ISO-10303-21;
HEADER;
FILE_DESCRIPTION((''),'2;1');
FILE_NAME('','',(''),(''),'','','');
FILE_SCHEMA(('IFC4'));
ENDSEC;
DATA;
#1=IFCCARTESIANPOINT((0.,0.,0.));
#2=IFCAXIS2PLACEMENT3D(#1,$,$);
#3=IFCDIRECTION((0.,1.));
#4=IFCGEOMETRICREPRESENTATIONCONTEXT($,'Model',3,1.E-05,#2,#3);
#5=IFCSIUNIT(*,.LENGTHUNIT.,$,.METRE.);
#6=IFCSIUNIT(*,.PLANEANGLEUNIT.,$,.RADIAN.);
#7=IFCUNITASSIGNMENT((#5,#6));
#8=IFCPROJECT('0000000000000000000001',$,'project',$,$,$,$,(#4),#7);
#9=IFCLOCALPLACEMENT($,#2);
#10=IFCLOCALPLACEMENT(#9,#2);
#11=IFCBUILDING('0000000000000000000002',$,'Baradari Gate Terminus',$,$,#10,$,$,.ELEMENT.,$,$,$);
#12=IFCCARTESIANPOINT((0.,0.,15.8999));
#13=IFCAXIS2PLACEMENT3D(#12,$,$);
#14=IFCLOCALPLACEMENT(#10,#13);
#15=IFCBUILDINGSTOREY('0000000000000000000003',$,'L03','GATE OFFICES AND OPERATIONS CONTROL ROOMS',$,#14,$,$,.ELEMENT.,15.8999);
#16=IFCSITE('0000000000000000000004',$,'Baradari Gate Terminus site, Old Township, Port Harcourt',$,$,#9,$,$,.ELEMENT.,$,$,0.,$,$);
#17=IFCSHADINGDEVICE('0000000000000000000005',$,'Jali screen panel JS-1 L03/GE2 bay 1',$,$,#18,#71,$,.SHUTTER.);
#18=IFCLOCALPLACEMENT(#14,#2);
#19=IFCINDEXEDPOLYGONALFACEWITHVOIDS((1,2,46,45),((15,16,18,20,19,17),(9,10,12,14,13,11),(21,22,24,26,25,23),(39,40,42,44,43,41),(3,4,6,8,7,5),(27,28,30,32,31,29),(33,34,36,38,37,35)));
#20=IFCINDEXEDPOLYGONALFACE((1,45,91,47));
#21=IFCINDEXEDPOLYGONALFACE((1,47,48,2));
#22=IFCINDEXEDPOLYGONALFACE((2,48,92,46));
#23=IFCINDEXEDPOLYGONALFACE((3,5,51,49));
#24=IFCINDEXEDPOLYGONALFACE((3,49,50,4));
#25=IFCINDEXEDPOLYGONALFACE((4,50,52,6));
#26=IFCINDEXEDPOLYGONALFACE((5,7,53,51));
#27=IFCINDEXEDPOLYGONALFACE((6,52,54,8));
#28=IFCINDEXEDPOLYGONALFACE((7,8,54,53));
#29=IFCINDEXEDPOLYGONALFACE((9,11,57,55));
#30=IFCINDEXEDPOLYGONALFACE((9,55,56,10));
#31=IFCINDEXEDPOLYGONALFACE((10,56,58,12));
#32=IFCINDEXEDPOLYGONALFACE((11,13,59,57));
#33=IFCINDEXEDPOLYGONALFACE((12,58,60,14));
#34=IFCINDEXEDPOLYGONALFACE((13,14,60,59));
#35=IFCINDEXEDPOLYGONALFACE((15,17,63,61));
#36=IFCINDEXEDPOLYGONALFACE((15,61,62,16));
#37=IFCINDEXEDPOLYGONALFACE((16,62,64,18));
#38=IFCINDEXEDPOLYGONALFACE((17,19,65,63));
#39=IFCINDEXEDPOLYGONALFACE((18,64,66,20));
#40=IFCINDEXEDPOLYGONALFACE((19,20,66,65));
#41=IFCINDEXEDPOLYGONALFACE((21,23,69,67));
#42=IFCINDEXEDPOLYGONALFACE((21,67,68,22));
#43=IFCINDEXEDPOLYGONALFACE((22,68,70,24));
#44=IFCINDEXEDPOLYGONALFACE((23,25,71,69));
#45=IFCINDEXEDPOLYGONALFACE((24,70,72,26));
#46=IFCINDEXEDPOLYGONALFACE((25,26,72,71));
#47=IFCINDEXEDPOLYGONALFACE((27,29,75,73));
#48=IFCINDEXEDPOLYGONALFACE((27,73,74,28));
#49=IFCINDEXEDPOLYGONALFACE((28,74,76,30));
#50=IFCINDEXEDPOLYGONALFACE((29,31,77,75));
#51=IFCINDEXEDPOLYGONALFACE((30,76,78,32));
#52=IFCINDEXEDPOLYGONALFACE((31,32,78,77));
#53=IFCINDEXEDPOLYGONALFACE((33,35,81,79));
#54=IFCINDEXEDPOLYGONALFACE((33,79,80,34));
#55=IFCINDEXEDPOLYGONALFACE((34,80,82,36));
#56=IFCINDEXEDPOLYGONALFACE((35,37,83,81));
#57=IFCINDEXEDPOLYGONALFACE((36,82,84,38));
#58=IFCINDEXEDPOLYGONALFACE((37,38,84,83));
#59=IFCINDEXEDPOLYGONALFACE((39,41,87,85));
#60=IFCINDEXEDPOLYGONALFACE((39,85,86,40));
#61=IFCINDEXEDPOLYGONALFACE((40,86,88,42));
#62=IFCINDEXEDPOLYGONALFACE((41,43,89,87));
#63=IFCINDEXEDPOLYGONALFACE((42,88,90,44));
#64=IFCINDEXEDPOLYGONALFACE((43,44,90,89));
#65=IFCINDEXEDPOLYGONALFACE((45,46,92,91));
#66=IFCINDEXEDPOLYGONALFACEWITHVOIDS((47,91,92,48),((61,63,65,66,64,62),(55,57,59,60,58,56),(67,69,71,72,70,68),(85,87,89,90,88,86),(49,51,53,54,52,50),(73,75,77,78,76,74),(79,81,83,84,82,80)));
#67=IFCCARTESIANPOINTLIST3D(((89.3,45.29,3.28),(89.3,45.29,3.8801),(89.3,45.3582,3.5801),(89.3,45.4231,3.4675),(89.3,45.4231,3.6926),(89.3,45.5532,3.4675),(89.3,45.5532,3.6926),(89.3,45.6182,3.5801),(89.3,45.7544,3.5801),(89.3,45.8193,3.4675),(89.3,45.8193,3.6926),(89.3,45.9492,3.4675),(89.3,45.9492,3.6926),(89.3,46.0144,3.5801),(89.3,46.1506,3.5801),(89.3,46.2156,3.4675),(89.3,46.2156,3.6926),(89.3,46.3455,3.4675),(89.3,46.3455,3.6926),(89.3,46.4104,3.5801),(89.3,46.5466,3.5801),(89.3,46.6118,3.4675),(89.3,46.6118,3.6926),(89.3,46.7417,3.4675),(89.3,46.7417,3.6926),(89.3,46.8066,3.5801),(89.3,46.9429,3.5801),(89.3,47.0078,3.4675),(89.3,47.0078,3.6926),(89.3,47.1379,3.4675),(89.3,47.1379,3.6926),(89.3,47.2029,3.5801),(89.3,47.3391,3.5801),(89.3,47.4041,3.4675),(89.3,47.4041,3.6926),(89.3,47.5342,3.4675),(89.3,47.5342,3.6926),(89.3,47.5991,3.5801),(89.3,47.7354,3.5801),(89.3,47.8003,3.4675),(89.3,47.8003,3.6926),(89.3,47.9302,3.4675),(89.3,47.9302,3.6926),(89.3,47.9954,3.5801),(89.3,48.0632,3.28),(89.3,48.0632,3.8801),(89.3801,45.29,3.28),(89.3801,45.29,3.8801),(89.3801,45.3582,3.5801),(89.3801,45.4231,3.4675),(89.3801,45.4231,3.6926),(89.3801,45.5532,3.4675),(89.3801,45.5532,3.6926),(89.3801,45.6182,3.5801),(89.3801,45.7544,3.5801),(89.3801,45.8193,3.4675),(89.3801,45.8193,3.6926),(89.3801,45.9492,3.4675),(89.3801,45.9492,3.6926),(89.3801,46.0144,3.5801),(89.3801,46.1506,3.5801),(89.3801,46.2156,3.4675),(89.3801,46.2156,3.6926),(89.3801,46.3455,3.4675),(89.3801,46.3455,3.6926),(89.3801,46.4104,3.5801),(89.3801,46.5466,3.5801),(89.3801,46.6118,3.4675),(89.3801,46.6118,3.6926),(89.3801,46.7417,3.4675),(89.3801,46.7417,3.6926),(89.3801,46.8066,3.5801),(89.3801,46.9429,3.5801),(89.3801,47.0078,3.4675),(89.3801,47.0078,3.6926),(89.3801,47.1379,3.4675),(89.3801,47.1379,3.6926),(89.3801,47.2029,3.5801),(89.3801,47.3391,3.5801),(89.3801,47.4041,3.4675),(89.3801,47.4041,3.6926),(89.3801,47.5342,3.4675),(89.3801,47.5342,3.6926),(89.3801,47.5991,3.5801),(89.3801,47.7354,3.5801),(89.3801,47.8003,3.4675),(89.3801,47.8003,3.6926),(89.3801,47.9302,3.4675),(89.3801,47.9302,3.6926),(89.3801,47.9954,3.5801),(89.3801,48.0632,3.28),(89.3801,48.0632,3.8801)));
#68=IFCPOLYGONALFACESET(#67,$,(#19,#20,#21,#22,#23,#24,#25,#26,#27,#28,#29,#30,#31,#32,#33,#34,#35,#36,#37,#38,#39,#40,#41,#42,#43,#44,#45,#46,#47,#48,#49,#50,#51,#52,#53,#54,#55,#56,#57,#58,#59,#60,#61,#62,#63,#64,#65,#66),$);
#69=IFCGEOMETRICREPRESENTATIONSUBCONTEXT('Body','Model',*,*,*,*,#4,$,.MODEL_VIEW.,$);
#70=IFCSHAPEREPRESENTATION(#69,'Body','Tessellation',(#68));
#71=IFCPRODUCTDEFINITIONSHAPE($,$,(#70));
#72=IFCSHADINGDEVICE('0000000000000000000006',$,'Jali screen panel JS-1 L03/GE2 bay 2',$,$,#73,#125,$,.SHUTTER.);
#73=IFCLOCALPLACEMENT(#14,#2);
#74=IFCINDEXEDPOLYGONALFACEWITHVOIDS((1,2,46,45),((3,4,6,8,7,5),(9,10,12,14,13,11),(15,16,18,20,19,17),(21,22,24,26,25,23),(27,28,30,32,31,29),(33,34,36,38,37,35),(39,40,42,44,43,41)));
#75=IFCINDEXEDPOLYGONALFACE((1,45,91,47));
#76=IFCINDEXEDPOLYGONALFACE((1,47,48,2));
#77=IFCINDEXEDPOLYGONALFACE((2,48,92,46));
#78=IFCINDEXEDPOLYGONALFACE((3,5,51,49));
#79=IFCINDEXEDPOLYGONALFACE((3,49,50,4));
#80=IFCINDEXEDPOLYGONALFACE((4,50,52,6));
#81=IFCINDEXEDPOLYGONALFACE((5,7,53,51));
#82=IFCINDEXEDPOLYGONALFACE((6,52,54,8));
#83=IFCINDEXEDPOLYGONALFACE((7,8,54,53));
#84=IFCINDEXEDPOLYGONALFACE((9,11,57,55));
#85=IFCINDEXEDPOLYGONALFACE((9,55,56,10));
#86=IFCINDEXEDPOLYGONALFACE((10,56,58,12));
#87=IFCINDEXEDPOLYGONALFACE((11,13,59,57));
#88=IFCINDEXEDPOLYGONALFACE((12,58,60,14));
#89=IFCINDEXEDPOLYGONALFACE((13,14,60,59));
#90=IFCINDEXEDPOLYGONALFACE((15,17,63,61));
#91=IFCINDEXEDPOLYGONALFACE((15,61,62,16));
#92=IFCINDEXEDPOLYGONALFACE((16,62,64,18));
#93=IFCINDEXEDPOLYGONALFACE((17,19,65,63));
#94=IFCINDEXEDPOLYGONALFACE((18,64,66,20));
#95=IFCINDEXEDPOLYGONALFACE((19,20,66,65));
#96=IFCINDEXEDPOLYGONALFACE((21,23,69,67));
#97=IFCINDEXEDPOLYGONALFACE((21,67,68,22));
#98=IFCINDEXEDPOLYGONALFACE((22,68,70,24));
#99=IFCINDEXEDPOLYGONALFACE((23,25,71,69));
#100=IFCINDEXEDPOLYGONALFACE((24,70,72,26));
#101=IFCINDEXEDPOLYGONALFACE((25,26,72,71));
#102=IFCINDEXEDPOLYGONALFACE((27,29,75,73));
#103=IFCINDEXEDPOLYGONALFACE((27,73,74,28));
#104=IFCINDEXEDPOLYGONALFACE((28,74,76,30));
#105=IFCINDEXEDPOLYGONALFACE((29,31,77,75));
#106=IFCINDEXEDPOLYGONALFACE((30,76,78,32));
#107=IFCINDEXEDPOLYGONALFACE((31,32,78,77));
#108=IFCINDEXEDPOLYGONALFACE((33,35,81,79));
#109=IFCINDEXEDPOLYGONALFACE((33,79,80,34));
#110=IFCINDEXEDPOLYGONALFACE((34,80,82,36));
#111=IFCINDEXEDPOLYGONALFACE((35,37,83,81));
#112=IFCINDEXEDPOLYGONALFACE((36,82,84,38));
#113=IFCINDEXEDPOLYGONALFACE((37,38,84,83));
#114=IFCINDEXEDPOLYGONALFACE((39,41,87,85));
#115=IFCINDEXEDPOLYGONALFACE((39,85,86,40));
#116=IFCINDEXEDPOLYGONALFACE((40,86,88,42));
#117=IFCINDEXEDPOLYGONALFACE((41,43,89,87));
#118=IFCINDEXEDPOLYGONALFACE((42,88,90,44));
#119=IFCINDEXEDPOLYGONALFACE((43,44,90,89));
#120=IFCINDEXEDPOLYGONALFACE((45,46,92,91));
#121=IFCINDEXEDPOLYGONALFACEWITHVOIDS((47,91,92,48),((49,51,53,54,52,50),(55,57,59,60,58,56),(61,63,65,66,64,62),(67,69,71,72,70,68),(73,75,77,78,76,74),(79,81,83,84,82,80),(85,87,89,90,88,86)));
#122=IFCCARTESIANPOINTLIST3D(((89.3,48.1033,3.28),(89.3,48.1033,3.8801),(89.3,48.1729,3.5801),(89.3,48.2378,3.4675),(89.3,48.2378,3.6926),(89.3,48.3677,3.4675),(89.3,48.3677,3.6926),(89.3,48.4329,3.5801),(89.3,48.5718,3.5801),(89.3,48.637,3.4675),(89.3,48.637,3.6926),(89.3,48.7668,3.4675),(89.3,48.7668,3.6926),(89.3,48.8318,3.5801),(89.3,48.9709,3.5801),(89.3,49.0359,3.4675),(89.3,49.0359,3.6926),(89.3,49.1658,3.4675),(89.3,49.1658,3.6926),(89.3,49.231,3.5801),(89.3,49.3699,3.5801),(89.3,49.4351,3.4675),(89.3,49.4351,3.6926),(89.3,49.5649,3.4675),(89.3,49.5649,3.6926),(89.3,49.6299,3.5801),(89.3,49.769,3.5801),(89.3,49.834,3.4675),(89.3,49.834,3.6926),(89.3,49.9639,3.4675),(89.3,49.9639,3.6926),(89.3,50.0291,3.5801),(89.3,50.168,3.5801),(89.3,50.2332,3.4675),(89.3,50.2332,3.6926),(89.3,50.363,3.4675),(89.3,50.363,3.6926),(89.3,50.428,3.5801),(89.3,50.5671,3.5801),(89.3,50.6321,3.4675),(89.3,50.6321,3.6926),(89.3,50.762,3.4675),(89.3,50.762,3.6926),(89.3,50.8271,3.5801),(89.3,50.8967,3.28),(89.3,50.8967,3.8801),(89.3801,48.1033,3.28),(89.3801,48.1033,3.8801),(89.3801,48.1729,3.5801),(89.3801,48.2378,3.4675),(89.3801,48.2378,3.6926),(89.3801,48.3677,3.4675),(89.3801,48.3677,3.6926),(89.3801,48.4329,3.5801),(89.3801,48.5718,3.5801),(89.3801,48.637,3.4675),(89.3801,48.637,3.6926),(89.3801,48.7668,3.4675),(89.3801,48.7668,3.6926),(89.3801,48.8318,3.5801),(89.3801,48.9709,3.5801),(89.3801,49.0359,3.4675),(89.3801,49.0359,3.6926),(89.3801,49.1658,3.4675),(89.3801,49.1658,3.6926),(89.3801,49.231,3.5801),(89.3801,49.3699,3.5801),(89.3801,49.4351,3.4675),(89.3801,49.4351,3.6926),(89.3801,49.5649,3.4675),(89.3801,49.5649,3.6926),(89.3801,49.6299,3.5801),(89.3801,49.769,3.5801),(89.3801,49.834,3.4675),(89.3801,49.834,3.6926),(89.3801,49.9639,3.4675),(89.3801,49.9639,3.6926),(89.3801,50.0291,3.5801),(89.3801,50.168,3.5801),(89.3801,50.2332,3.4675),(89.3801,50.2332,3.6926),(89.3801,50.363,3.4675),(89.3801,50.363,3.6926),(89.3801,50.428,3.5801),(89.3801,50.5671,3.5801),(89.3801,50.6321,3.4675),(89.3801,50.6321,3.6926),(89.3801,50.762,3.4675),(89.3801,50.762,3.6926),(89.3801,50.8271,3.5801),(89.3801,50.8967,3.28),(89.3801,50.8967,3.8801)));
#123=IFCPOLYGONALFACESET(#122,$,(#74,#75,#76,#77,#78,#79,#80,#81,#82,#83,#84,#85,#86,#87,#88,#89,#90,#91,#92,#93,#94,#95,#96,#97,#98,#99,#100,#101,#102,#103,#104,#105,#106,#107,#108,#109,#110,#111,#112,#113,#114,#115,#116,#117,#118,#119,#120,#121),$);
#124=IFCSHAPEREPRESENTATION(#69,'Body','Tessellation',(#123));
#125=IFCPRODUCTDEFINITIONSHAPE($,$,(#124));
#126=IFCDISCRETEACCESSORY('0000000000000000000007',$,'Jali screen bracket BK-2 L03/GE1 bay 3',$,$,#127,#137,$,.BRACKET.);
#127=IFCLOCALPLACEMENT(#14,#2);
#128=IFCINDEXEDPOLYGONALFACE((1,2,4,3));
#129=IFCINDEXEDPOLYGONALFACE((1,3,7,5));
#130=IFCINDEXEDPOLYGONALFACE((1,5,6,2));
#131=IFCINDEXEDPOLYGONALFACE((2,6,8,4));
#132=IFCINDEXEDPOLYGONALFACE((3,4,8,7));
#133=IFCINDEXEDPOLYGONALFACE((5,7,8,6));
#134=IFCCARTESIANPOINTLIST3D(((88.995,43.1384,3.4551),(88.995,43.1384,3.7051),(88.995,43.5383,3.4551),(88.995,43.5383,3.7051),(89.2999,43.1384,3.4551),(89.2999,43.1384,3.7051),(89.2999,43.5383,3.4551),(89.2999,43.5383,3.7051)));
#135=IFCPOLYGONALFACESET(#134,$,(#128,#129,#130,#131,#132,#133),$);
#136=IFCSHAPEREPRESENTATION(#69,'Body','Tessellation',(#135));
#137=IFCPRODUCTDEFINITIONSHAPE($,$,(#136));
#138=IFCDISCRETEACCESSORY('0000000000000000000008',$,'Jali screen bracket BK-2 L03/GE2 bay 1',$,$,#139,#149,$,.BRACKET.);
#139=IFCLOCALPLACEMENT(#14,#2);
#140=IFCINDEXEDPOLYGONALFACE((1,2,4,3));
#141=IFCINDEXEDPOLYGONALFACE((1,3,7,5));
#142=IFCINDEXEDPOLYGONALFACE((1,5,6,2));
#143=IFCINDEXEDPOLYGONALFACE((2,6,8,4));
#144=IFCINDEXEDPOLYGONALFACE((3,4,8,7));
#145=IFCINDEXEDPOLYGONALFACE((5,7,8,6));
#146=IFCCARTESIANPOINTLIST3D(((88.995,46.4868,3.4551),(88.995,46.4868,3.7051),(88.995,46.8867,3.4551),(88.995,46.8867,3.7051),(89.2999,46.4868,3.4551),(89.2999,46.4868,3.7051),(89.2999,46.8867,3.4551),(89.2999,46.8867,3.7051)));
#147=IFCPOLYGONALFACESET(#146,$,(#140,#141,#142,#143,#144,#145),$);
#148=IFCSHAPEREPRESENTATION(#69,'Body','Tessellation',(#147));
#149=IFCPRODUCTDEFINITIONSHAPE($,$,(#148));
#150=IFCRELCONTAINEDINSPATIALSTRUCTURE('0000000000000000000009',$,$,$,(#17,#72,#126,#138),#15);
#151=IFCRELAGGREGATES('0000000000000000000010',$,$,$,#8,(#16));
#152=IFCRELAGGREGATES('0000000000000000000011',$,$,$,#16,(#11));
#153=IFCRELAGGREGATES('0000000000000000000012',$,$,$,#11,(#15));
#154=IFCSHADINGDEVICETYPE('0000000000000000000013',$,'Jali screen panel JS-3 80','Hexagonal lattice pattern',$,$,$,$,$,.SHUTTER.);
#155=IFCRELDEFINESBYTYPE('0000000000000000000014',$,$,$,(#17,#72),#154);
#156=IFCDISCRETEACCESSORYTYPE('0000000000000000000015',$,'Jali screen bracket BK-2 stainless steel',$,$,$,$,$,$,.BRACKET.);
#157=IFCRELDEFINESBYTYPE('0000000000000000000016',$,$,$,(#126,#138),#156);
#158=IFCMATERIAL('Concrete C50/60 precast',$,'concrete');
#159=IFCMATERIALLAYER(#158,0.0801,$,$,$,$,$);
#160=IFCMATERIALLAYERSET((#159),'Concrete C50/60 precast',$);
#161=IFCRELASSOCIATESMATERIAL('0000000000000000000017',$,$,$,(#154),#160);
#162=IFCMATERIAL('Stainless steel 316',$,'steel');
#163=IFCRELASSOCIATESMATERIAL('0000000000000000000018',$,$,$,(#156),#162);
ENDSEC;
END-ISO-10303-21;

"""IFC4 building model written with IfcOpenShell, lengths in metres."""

from ifc_helpers import new_model, si_unit, direction, frame, origin, origin_2d, place, context, subcontext, project, spatial, polyline, rectangle, outline, extrude, material, layer, layer_set, type_object, element, save


model = new_model("IFC4")

# Units and contexts
model_context = context("Model", 3, precision=1e-05, world=origin(), true_north=direction((0.0, 1.0)))
body_context = subcontext(model_context, "Body", "Model", "MODEL_VIEW")
ifc_project = project(units=[si_unit("LENGTHUNIT", "METRE"), si_unit("PLANEANGLEUNIT", "RADIAN")], contexts=[model_context])

# Site, building, storey
site_placement = place(None, origin())
site = spatial("IfcSite", under=ifc_project, at=site_placement, Name="Baradari Gate Terminus site, Old Township, Port Harcourt", CompositionType="ELEMENT", RefElevation=0.0)
building_placement = place(site_placement, origin())
building = spatial("IfcBuilding", under=site, at=building_placement, Name="Baradari Gate Terminus", CompositionType="ELEMENT")
storey_placement = place(building_placement, frame((0.0, 0.0, 15.8999)))
storey = spatial("IfcBuildingStorey", under=building, at=storey_placement, Name="L03", Description="GATE OFFICES AND OPERATIONS CONTROL ROOMS", CompositionType="ELEMENT", Elevation=15.8999)

# Shading devices
ifc_material_1 = material(Name="Concrete C50/60 precast", Category="concrete")
ifc_layer_1 = layer(ifc_material_1, 0.0801)
ifc_layer_set_1 = layer_set([ifc_layer_1], Name="Concrete C50/60 precast")
shading_device_type = type_object("IfcShadingDeviceType", Name="Jali screen panel JS-3 80", Description="Hexagonal lattice pattern", PredefinedType="SHUTTER", material=ifc_layer_set_1)
shading_device_1_placement = place(storey_placement, frame((89.3401, 45.29, 3.28), z_axis=(0.0, 0.0, 1.0), x_axis=(0.0, 1.0, 0.0)))
element("IfcShadingDevice", 1, at=shading_device_1_placement, inside=storey, type_object=shading_device_type, Name="Jali screen panel JS-1 L03/GE2 bay 1", PredefinedType="SHUTTER", context=body_context, shape_type="SweptSolid", body=[
    extrude(outline(polyline([(0.0, 0.0), (2.7732, 0.0), (2.7732, 0.6001), (0.0, 0.6001), (0.0, 0.0)]), holes=[polyline([(0.3281, 0.3), (0.2632, 0.1875), (0.1331, 0.1875), (0.0681, 0.3), (0.1331, 0.4126), (0.2632, 0.4126), (0.3281, 0.3)]), polyline([(0.7244, 0.3), (0.6592, 0.1875), (0.5293, 0.1875), (0.4644, 0.3), (0.5293, 0.4126), (0.6592, 0.4126), (0.7244, 0.3)]), polyline([(1.1204, 0.3), (1.0554, 0.1875), (0.9255, 0.1875), (0.8606, 0.3), (0.9255, 0.4126), (1.0554, 0.4126), (1.1204, 0.3)]), polyline([(1.5166, 0.3), (1.4517, 0.1875), (1.3218, 0.1875), (1.2566, 0.3), (1.3218, 0.4126), (1.4517, 0.4126), (1.5166, 0.3)]), polyline([(1.9128, 0.3), (1.8479, 0.1875), (1.7178, 0.1875), (1.6528, 0.3), (1.7178, 0.4126), (1.8479, 0.4126), (1.9128, 0.3)]), polyline([(2.3091, 0.3), (2.2441, 0.1875), (2.114, 0.1875), (2.0491, 0.3), (2.114, 0.4126), (2.2441, 0.4126), (2.3091, 0.3)]), polyline([(2.7053, 0.3), (2.6401, 0.1875), (2.5103, 0.1875), (2.4453, 0.3), (2.5103, 0.4126), (2.6401, 0.4126), (2.7053, 0.3)])]), frame((0.0, 0.04, 0.0), z_axis=(0.0, -1.0, 0.0), x_axis=(1.0, 0.0, 0.0)), (0.0, 0.0, 1.0), 0.0801),
])
shading_device_2_placement = place(storey_placement, frame((89.3401, 48.1033, 3.28), z_axis=(0.0, 0.0, 1.0), x_axis=(0.0, 1.0, 0.0)))
element("IfcShadingDevice", 2, at=shading_device_2_placement, inside=storey, type_object=shading_device_type, Name="Jali screen panel JS-1 L03/GE2 bay 2", PredefinedType="SHUTTER", context=body_context, shape_type="SweptSolid", body=[
    extrude(outline(polyline([(0.0, 0.0), (2.7935, 0.0), (2.7935, 0.6001), (0.0, 0.6001), (0.0, 0.0)]), holes=[polyline([(0.3296, 0.3), (0.2644, 0.1875), (0.1345, 0.1875), (0.0696, 0.3), (0.1345, 0.4126), (0.2644, 0.4126), (0.3296, 0.3)]), polyline([(0.7285, 0.3), (0.6636, 0.1875), (0.5337, 0.1875), (0.4685, 0.3), (0.5337, 0.4126), (0.6636, 0.4126), (0.7285, 0.3)]), polyline([(1.1277, 0.3), (1.0625, 0.1875), (0.9326, 0.1875), (0.8677, 0.3), (0.9326, 0.4126), (1.0625, 0.4126), (1.1277, 0.3)]), polyline([(1.5266, 0.3), (1.4617, 0.1875), (1.3318, 0.1875), (1.2666, 0.3), (1.3318, 0.4126), (1.4617, 0.4126), (1.5266, 0.3)]), polyline([(1.9258, 0.3), (1.8606, 0.1875), (1.7307, 0.1875), (1.6658, 0.3), (1.7307, 0.4126), (1.8606, 0.4126), (1.9258, 0.3)]), polyline([(2.3247, 0.3), (2.2598, 0.1875), (2.1299, 0.1875), (2.0647, 0.3), (2.1299, 0.4126), (2.2598, 0.4126), (2.3247, 0.3)]), polyline([(2.7239, 0.3), (2.6587, 0.1875), (2.5288, 0.1875), (2.4639, 0.3), (2.5288, 0.4126), (2.6587, 0.4126), (2.7239, 0.3)])]), frame((0.0, 0.04, 0.0), z_axis=(0.0, -1.0, 0.0), x_axis=(1.0, 0.0, 0.0)), (0.0, 0.0, 1.0), 0.0801),
])

# Discrete accessories
ifc_material_2 = material(Name="Stainless steel 316", Category="steel")
discrete_accessory_type = type_object("IfcDiscreteAccessoryType", Name="Jali screen bracket BK-2 stainless steel", PredefinedType="BRACKET", material=ifc_material_2)
for number, where, z_axis, x_axis, name in (
    (3, (89.1475, 43.3384, 3.4551), (0.0, 0.0, 1.0), (1.0, 0.0, 0.0), "Jali screen bracket BK-2 L03/GE1 bay 3"),
    (4, (89.1475, 46.6868, 3.4551), (0.0, 0.0, 1.0), (1.0, 0.0, 0.0), "Jali screen bracket BK-2 L03/GE2 bay 1"),
):
    element("IfcDiscreteAccessory", number, at=place(storey_placement, frame(where, z_axis=z_axis, x_axis=x_axis)), inside=storey, type_object=discrete_accessory_type, Name=name, PredefinedType="BRACKET", context=body_context, shape_type="SweptSolid", body=[
        extrude(rectangle(XDim=0.3049, YDim=0.3999, at=origin_2d()), origin(), (0.0, 0.0, 1.0), 0.25),
    ])

save(model, "model.ifc")
